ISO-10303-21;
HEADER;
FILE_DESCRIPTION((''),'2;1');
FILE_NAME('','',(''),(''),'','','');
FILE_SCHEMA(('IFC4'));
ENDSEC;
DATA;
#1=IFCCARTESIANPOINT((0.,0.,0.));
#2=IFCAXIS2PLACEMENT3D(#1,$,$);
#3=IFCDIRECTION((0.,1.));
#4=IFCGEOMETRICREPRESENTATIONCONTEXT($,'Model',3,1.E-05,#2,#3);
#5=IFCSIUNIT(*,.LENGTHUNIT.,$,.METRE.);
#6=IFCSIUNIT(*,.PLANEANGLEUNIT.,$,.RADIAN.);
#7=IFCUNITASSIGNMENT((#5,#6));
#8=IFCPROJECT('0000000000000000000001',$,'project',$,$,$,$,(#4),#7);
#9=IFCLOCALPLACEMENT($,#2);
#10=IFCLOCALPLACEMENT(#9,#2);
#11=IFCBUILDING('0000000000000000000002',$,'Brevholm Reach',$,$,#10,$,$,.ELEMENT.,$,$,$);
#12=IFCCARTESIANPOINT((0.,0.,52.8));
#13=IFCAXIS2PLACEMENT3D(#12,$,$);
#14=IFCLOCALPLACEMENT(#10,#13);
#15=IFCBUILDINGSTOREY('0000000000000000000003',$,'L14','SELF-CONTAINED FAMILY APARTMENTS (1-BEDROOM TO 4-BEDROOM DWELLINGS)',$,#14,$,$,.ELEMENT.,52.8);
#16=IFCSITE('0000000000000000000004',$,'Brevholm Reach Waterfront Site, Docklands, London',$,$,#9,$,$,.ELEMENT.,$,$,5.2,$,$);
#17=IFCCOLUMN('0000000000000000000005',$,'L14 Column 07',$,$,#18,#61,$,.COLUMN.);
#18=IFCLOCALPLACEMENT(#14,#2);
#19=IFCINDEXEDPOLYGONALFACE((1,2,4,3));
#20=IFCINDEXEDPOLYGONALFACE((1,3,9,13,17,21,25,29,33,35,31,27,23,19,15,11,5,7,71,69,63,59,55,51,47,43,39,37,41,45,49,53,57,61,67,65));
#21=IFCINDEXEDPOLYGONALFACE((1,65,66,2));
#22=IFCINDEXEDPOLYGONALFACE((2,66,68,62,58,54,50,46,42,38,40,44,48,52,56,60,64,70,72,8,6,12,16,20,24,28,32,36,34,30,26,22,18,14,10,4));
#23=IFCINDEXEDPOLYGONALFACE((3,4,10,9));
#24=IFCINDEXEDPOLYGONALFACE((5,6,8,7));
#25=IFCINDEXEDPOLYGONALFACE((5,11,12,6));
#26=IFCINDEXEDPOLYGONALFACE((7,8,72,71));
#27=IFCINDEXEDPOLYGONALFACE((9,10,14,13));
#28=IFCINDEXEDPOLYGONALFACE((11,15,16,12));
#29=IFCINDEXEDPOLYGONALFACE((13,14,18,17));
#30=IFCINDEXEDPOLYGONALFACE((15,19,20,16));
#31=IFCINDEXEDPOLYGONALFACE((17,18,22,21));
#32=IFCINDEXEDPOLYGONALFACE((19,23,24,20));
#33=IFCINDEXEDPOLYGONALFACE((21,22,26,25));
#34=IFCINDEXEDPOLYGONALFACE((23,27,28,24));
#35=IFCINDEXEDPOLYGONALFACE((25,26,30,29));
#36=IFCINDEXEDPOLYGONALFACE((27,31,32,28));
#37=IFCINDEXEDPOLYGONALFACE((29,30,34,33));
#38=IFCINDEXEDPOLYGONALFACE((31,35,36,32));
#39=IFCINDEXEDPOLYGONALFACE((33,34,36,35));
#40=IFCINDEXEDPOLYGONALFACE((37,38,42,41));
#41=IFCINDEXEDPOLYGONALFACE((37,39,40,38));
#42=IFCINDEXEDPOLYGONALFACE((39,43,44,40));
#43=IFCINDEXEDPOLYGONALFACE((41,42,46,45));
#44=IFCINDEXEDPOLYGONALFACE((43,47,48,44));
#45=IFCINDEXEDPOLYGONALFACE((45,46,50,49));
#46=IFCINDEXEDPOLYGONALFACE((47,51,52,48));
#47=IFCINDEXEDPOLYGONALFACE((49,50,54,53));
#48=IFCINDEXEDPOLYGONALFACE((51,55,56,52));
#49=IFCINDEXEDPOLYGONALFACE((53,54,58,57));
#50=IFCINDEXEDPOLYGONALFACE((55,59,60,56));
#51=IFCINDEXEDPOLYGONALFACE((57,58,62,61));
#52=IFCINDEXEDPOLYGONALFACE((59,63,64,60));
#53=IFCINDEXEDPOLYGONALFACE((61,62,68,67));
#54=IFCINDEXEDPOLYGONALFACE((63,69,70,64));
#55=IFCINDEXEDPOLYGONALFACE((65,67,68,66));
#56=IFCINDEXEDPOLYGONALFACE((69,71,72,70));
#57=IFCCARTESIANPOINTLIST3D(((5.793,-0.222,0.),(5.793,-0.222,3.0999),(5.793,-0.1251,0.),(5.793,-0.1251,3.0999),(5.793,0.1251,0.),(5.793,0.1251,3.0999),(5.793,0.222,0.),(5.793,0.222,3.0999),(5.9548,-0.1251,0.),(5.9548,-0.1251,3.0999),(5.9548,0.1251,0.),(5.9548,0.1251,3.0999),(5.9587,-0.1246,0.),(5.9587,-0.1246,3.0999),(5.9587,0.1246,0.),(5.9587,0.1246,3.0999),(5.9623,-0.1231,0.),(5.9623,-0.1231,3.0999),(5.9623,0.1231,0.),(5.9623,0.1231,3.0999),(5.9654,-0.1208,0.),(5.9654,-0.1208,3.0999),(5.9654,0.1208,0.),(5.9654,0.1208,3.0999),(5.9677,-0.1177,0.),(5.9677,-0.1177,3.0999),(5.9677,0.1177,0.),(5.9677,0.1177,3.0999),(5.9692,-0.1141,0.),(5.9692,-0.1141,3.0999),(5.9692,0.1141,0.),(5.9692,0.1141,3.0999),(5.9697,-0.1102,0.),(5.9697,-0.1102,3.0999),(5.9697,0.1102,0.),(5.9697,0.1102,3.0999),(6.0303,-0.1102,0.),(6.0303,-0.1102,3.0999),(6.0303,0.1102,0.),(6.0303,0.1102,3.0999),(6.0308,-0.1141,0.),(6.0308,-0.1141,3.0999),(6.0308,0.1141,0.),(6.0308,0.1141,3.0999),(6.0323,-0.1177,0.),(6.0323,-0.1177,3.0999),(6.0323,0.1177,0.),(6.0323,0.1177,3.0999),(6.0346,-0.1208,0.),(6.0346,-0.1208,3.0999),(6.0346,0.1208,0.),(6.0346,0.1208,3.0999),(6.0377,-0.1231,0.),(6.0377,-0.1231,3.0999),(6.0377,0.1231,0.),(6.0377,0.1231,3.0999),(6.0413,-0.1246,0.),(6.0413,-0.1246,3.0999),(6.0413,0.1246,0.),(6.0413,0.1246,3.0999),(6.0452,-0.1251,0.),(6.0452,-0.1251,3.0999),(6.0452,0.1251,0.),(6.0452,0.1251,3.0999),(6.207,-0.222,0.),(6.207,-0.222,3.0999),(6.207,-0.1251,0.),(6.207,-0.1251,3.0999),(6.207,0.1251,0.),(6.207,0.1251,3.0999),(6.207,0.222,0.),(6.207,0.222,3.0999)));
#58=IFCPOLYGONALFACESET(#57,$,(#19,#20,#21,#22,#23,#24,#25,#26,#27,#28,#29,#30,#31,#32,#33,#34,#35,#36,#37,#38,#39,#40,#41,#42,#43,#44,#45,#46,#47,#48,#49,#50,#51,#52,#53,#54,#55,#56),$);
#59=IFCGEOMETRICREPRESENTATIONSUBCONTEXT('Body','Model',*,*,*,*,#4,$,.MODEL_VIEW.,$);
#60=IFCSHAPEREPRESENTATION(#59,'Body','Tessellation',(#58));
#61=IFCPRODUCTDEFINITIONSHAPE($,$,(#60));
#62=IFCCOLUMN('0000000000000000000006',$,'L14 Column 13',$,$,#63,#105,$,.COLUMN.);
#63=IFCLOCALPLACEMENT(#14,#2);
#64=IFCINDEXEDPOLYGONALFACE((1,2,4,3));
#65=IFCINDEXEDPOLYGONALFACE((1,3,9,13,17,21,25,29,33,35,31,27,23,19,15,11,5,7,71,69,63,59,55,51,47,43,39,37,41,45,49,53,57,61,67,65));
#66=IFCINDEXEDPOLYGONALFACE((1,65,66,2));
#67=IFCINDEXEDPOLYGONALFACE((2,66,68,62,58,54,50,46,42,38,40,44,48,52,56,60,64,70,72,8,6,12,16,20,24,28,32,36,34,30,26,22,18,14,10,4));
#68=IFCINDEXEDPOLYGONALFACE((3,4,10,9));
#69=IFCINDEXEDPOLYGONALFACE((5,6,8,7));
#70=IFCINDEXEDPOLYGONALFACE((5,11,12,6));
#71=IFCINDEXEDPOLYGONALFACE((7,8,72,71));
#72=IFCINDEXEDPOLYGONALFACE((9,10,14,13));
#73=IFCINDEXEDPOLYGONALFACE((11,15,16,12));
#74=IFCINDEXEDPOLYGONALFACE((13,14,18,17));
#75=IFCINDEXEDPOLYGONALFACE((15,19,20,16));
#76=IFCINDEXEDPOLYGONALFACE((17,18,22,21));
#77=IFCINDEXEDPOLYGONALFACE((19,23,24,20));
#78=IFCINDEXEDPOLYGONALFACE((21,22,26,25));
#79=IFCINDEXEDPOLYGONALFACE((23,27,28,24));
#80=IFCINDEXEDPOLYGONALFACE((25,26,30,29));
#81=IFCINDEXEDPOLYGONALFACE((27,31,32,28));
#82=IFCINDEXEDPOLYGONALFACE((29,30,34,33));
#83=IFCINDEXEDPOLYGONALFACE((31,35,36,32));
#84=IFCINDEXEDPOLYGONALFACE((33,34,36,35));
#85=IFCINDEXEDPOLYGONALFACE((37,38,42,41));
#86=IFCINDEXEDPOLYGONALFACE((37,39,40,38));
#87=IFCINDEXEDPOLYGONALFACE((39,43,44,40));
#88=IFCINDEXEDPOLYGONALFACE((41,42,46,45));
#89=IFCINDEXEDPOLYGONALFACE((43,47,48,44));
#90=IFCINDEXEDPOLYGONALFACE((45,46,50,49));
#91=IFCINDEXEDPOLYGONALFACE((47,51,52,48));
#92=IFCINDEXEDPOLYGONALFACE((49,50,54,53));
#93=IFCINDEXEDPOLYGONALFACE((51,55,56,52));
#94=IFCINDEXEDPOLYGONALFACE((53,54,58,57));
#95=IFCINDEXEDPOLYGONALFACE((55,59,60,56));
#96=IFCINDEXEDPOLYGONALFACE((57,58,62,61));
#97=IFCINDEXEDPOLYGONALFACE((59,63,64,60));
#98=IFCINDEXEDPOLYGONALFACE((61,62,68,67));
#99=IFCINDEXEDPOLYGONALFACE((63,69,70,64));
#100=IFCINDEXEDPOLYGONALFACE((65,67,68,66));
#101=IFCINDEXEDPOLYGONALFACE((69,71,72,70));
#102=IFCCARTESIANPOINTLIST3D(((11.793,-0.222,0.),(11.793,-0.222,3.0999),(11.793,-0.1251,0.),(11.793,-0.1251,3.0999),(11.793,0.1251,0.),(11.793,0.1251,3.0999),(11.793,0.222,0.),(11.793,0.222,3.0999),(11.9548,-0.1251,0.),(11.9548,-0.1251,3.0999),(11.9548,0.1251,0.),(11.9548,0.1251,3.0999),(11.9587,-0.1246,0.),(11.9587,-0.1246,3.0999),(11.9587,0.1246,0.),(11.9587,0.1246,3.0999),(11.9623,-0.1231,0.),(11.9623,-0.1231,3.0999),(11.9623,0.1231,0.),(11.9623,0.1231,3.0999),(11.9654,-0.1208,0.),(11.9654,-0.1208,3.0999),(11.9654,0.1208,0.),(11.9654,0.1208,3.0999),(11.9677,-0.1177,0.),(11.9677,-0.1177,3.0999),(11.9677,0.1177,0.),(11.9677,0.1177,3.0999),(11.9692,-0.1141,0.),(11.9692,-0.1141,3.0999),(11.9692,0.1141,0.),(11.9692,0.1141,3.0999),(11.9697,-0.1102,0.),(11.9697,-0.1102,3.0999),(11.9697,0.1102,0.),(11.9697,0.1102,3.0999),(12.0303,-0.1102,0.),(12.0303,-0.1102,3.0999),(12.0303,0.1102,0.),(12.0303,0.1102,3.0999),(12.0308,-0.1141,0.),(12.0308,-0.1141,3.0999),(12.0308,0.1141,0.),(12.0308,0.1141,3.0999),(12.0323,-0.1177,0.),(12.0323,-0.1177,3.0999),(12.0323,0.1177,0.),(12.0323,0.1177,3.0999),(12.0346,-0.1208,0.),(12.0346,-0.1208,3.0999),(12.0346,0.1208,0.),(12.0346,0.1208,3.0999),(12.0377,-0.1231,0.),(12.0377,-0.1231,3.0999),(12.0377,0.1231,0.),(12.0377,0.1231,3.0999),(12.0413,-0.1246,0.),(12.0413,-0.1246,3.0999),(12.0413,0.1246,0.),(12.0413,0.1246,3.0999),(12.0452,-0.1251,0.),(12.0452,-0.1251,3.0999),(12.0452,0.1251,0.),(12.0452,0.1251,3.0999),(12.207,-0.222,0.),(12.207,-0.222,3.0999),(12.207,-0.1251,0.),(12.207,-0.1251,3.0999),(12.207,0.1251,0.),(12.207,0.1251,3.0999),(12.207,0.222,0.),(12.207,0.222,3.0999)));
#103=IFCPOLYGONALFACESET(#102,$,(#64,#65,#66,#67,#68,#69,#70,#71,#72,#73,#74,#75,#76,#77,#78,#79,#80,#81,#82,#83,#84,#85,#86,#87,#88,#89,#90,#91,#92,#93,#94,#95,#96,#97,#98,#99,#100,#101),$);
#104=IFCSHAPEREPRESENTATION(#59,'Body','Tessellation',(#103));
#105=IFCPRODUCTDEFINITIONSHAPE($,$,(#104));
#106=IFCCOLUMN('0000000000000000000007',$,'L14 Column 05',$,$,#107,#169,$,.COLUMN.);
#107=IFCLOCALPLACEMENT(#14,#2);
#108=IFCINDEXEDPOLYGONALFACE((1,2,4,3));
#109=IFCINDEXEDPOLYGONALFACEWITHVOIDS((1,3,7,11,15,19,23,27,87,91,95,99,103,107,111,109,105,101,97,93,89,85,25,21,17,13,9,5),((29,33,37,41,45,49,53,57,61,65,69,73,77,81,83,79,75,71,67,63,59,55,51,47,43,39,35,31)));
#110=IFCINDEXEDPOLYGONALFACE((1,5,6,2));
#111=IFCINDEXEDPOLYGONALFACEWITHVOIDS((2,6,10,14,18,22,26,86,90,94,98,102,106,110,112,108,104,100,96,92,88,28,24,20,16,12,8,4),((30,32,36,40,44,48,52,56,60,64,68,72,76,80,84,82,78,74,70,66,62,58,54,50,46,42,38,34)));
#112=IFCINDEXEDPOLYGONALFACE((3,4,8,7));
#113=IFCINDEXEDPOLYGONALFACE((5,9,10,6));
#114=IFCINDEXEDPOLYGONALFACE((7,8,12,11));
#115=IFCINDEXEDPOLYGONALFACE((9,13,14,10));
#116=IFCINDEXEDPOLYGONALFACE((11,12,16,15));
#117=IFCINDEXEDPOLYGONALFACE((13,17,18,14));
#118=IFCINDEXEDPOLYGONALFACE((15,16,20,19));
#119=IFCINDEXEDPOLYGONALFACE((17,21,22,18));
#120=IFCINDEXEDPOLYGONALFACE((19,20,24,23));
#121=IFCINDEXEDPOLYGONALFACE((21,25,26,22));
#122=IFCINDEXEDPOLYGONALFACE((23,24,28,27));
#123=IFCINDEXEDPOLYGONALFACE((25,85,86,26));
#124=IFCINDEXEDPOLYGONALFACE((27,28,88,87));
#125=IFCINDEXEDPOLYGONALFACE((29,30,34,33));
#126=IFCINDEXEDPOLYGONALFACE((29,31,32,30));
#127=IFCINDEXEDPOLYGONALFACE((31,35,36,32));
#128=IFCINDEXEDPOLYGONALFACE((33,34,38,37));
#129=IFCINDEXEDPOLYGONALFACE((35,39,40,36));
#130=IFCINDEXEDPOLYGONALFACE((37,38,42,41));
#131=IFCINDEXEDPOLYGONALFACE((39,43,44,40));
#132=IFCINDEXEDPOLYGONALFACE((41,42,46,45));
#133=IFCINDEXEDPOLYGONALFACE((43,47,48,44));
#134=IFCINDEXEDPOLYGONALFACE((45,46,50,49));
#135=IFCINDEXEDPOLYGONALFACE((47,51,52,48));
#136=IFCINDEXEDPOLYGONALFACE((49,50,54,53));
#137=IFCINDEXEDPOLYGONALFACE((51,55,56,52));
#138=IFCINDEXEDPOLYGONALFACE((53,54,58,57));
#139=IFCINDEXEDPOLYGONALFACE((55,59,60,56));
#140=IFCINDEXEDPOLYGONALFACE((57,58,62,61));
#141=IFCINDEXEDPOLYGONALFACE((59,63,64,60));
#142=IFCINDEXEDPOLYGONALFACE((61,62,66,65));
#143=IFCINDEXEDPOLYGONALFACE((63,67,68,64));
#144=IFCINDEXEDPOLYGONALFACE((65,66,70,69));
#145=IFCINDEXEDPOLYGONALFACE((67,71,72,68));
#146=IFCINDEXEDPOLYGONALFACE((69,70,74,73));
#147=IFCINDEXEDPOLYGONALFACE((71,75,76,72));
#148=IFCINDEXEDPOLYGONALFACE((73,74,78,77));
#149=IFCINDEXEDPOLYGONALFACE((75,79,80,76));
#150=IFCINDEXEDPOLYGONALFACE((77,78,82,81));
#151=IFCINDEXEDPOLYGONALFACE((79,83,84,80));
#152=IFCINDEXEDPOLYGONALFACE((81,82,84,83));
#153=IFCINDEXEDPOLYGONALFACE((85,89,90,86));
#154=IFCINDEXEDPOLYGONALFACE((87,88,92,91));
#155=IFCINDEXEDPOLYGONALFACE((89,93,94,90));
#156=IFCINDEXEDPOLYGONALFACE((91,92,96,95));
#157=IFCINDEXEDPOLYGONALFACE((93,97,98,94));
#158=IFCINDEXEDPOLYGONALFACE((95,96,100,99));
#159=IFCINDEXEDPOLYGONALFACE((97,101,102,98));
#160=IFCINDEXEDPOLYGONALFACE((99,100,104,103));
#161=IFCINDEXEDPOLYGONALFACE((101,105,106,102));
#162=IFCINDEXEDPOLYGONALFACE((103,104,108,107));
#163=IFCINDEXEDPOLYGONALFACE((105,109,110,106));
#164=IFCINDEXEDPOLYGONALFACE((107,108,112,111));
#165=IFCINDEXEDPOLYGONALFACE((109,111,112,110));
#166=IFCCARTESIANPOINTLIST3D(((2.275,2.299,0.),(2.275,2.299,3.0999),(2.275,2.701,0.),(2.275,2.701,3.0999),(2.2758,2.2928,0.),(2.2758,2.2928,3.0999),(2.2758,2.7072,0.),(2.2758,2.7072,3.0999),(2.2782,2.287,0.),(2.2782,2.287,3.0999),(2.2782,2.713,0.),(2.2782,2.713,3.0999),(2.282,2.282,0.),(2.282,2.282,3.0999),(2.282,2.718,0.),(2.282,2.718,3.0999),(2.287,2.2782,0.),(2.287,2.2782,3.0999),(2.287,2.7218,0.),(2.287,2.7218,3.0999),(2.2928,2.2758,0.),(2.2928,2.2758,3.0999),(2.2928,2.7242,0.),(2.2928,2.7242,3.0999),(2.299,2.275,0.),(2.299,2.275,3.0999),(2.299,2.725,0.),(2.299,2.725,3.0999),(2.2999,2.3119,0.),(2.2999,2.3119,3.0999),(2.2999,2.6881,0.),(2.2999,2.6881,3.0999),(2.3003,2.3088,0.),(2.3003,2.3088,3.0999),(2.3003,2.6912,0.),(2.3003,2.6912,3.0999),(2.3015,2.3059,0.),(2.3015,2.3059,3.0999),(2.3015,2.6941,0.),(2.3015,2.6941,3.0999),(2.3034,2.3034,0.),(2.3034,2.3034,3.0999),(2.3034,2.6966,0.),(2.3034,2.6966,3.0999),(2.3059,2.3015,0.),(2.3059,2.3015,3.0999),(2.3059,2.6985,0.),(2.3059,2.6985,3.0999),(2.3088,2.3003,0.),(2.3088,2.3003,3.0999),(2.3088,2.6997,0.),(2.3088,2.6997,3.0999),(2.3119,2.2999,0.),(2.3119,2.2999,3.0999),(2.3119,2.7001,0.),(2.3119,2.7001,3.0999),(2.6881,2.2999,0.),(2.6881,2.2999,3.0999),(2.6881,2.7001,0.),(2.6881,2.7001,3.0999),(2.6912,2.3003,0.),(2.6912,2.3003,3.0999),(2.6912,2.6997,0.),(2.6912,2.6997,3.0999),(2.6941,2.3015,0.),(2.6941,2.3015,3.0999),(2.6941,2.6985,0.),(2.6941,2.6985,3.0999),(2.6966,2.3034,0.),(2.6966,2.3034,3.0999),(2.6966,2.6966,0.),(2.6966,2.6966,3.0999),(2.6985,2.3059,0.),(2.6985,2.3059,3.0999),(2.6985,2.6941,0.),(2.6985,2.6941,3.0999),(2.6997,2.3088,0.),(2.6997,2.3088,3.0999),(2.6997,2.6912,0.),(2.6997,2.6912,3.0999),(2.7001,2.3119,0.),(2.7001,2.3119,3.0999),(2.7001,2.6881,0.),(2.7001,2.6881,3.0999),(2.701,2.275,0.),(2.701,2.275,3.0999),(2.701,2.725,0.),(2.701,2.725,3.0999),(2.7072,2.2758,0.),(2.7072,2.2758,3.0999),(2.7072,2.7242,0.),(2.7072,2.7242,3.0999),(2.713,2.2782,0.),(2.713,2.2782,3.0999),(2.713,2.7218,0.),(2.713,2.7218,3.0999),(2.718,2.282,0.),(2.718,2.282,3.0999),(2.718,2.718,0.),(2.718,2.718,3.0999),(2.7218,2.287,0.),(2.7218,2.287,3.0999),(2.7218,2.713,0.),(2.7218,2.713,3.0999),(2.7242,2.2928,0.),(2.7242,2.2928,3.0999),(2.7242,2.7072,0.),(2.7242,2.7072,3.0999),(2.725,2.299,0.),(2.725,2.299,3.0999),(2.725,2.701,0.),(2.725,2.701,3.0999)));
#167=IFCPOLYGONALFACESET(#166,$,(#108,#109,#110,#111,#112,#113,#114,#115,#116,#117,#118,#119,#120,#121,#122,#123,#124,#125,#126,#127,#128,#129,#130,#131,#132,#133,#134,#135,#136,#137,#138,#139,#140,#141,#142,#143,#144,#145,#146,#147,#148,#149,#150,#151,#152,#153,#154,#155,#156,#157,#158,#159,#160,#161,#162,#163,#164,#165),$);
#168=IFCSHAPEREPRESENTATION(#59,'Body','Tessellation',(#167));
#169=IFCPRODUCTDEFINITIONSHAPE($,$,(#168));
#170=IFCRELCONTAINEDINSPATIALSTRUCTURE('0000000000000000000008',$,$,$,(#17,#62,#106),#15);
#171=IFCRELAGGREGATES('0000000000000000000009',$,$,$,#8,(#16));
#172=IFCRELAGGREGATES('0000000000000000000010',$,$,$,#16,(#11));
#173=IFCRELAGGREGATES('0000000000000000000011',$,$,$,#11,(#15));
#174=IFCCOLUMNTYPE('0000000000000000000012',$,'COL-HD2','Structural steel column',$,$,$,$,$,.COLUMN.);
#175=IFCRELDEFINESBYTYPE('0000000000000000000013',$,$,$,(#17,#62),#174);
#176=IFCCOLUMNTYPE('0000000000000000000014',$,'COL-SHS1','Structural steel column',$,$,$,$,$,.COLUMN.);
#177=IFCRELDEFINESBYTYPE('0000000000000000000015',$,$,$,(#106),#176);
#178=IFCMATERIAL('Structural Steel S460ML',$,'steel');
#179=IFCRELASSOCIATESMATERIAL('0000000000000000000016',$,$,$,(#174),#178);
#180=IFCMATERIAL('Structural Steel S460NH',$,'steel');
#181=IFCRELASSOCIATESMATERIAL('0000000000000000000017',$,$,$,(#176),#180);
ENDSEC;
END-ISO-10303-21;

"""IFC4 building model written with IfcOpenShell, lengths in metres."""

from ifc_helpers import new_model, si_unit, direction, frame, origin, origin_2d, place, context, subcontext, project, spatial, hollow_rectangle, i_section, extrude, material, material_profile, profile_set, type_object, element, save


model = new_model("IFC4")

# Units and contexts
model_context = context("Model", 3, precision=1e-05, world=origin(), true_north=direction((0.0, 1.0)))
body_context = subcontext(model_context, "Body", "Model", "MODEL_VIEW")
ifc_project = project(units=[si_unit("LENGTHUNIT", "METRE"), si_unit("PLANEANGLEUNIT", "RADIAN")], contexts=[model_context])

# Site, building, storey
site_placement = place(None, origin())
site = spatial("IfcSite", under=ifc_project, at=site_placement, Name="Brevholm Reach Waterfront Site, Docklands, London", CompositionType="ELEMENT", RefElevation=5.2)
building_placement = place(site_placement, origin())
building = spatial("IfcBuilding", under=site, at=building_placement, Name="Brevholm Reach", CompositionType="ELEMENT")
storey_placement = place(building_placement, frame((0.0, 0.0, 52.8)))
storey = spatial("IfcBuildingStorey", under=building, at=storey_placement, Name="L14", Description="SELF-CONTAINED FAMILY APARTMENTS (1-BEDROOM TO 4-BEDROOM DWELLINGS)", CompositionType="ELEMENT", Elevation=52.8)

# Columns
ifc_material_1 = material(Name="Structural Steel S460ML", Category="steel")
ifc_material_profile_1 = material_profile(ifc_material_1, i_section(OverallWidth=0.4141, OverallDepth=0.4441, WebThickness=0.0605, FlangeThickness=0.0969, FilletRadius=0.0149, at=origin_2d()), Name="HD 400x818")
ifc_profile_set_1 = profile_set([ifc_material_profile_1], Name="Structural Steel S460ML")
column_type_1 = type_object("IfcColumnType", Name="COL-HD2", Description="Structural steel column", PredefinedType="COLUMN", material=ifc_profile_set_1)
for number, where, z_axis, x_axis, name in (
    (1, (6.0, 0.0, 0.0), (0.0, 0.0, 1.0), (1.0, 0.0, 0.0), "L14 Column 07"),
    (2, (12.0, 0.0, 0.0), (0.0, 0.0, 1.0), (1.0, 0.0, 0.0), "L14 Column 13"),
):
    element("IfcColumn", number, at=place(storey_placement, frame(where, z_axis=z_axis, x_axis=x_axis)), inside=storey, type_object=column_type_1, Name=name, PredefinedType="COLUMN", context=body_context, shape_type="SweptSolid", body=[
        extrude(i_section(OverallWidth=0.4141, OverallDepth=0.4441, WebThickness=0.0605, FlangeThickness=0.0969, FilletRadius=0.0149, at=origin_2d()), origin(), (0.0, 0.0, 1.0), 3.0999),
    ])
ifc_material_2 = material(Name="Structural Steel S460NH", Category="steel")
ifc_material_profile_2 = material_profile(ifc_material_2, hollow_rectangle(XDim=0.45, YDim=0.45, WallThickness=0.0249, InnerFilletRadius=0.012, OuterFilletRadius=0.0239, at=origin_2d()), Name="SHS 450x450x25")
ifc_profile_set_2 = profile_set([ifc_material_profile_2], Name="Structural Steel S460NH")
column_type_2 = type_object("IfcColumnType", Name="COL-SHS1", Description="Structural steel column", PredefinedType="COLUMN", material=ifc_profile_set_2)
column_1_placement = place(storey_placement, frame((2.5, 2.5, 0.0), z_axis=(0.0, 0.0, 1.0), x_axis=(1.0, 0.0, 0.0)))
element("IfcColumn", 3, at=column_1_placement, inside=storey, type_object=column_type_2, Name="L14 Column 05", PredefinedType="COLUMN", context=body_context, shape_type="SweptSolid", body=[
    extrude(hollow_rectangle(XDim=0.45, YDim=0.45, WallThickness=0.0249, InnerFilletRadius=0.012, OuterFilletRadius=0.0239, at=origin_2d()), origin(), (0.0, 0.0, 1.0), 3.0999),
])

save(model, "model.ifc")
